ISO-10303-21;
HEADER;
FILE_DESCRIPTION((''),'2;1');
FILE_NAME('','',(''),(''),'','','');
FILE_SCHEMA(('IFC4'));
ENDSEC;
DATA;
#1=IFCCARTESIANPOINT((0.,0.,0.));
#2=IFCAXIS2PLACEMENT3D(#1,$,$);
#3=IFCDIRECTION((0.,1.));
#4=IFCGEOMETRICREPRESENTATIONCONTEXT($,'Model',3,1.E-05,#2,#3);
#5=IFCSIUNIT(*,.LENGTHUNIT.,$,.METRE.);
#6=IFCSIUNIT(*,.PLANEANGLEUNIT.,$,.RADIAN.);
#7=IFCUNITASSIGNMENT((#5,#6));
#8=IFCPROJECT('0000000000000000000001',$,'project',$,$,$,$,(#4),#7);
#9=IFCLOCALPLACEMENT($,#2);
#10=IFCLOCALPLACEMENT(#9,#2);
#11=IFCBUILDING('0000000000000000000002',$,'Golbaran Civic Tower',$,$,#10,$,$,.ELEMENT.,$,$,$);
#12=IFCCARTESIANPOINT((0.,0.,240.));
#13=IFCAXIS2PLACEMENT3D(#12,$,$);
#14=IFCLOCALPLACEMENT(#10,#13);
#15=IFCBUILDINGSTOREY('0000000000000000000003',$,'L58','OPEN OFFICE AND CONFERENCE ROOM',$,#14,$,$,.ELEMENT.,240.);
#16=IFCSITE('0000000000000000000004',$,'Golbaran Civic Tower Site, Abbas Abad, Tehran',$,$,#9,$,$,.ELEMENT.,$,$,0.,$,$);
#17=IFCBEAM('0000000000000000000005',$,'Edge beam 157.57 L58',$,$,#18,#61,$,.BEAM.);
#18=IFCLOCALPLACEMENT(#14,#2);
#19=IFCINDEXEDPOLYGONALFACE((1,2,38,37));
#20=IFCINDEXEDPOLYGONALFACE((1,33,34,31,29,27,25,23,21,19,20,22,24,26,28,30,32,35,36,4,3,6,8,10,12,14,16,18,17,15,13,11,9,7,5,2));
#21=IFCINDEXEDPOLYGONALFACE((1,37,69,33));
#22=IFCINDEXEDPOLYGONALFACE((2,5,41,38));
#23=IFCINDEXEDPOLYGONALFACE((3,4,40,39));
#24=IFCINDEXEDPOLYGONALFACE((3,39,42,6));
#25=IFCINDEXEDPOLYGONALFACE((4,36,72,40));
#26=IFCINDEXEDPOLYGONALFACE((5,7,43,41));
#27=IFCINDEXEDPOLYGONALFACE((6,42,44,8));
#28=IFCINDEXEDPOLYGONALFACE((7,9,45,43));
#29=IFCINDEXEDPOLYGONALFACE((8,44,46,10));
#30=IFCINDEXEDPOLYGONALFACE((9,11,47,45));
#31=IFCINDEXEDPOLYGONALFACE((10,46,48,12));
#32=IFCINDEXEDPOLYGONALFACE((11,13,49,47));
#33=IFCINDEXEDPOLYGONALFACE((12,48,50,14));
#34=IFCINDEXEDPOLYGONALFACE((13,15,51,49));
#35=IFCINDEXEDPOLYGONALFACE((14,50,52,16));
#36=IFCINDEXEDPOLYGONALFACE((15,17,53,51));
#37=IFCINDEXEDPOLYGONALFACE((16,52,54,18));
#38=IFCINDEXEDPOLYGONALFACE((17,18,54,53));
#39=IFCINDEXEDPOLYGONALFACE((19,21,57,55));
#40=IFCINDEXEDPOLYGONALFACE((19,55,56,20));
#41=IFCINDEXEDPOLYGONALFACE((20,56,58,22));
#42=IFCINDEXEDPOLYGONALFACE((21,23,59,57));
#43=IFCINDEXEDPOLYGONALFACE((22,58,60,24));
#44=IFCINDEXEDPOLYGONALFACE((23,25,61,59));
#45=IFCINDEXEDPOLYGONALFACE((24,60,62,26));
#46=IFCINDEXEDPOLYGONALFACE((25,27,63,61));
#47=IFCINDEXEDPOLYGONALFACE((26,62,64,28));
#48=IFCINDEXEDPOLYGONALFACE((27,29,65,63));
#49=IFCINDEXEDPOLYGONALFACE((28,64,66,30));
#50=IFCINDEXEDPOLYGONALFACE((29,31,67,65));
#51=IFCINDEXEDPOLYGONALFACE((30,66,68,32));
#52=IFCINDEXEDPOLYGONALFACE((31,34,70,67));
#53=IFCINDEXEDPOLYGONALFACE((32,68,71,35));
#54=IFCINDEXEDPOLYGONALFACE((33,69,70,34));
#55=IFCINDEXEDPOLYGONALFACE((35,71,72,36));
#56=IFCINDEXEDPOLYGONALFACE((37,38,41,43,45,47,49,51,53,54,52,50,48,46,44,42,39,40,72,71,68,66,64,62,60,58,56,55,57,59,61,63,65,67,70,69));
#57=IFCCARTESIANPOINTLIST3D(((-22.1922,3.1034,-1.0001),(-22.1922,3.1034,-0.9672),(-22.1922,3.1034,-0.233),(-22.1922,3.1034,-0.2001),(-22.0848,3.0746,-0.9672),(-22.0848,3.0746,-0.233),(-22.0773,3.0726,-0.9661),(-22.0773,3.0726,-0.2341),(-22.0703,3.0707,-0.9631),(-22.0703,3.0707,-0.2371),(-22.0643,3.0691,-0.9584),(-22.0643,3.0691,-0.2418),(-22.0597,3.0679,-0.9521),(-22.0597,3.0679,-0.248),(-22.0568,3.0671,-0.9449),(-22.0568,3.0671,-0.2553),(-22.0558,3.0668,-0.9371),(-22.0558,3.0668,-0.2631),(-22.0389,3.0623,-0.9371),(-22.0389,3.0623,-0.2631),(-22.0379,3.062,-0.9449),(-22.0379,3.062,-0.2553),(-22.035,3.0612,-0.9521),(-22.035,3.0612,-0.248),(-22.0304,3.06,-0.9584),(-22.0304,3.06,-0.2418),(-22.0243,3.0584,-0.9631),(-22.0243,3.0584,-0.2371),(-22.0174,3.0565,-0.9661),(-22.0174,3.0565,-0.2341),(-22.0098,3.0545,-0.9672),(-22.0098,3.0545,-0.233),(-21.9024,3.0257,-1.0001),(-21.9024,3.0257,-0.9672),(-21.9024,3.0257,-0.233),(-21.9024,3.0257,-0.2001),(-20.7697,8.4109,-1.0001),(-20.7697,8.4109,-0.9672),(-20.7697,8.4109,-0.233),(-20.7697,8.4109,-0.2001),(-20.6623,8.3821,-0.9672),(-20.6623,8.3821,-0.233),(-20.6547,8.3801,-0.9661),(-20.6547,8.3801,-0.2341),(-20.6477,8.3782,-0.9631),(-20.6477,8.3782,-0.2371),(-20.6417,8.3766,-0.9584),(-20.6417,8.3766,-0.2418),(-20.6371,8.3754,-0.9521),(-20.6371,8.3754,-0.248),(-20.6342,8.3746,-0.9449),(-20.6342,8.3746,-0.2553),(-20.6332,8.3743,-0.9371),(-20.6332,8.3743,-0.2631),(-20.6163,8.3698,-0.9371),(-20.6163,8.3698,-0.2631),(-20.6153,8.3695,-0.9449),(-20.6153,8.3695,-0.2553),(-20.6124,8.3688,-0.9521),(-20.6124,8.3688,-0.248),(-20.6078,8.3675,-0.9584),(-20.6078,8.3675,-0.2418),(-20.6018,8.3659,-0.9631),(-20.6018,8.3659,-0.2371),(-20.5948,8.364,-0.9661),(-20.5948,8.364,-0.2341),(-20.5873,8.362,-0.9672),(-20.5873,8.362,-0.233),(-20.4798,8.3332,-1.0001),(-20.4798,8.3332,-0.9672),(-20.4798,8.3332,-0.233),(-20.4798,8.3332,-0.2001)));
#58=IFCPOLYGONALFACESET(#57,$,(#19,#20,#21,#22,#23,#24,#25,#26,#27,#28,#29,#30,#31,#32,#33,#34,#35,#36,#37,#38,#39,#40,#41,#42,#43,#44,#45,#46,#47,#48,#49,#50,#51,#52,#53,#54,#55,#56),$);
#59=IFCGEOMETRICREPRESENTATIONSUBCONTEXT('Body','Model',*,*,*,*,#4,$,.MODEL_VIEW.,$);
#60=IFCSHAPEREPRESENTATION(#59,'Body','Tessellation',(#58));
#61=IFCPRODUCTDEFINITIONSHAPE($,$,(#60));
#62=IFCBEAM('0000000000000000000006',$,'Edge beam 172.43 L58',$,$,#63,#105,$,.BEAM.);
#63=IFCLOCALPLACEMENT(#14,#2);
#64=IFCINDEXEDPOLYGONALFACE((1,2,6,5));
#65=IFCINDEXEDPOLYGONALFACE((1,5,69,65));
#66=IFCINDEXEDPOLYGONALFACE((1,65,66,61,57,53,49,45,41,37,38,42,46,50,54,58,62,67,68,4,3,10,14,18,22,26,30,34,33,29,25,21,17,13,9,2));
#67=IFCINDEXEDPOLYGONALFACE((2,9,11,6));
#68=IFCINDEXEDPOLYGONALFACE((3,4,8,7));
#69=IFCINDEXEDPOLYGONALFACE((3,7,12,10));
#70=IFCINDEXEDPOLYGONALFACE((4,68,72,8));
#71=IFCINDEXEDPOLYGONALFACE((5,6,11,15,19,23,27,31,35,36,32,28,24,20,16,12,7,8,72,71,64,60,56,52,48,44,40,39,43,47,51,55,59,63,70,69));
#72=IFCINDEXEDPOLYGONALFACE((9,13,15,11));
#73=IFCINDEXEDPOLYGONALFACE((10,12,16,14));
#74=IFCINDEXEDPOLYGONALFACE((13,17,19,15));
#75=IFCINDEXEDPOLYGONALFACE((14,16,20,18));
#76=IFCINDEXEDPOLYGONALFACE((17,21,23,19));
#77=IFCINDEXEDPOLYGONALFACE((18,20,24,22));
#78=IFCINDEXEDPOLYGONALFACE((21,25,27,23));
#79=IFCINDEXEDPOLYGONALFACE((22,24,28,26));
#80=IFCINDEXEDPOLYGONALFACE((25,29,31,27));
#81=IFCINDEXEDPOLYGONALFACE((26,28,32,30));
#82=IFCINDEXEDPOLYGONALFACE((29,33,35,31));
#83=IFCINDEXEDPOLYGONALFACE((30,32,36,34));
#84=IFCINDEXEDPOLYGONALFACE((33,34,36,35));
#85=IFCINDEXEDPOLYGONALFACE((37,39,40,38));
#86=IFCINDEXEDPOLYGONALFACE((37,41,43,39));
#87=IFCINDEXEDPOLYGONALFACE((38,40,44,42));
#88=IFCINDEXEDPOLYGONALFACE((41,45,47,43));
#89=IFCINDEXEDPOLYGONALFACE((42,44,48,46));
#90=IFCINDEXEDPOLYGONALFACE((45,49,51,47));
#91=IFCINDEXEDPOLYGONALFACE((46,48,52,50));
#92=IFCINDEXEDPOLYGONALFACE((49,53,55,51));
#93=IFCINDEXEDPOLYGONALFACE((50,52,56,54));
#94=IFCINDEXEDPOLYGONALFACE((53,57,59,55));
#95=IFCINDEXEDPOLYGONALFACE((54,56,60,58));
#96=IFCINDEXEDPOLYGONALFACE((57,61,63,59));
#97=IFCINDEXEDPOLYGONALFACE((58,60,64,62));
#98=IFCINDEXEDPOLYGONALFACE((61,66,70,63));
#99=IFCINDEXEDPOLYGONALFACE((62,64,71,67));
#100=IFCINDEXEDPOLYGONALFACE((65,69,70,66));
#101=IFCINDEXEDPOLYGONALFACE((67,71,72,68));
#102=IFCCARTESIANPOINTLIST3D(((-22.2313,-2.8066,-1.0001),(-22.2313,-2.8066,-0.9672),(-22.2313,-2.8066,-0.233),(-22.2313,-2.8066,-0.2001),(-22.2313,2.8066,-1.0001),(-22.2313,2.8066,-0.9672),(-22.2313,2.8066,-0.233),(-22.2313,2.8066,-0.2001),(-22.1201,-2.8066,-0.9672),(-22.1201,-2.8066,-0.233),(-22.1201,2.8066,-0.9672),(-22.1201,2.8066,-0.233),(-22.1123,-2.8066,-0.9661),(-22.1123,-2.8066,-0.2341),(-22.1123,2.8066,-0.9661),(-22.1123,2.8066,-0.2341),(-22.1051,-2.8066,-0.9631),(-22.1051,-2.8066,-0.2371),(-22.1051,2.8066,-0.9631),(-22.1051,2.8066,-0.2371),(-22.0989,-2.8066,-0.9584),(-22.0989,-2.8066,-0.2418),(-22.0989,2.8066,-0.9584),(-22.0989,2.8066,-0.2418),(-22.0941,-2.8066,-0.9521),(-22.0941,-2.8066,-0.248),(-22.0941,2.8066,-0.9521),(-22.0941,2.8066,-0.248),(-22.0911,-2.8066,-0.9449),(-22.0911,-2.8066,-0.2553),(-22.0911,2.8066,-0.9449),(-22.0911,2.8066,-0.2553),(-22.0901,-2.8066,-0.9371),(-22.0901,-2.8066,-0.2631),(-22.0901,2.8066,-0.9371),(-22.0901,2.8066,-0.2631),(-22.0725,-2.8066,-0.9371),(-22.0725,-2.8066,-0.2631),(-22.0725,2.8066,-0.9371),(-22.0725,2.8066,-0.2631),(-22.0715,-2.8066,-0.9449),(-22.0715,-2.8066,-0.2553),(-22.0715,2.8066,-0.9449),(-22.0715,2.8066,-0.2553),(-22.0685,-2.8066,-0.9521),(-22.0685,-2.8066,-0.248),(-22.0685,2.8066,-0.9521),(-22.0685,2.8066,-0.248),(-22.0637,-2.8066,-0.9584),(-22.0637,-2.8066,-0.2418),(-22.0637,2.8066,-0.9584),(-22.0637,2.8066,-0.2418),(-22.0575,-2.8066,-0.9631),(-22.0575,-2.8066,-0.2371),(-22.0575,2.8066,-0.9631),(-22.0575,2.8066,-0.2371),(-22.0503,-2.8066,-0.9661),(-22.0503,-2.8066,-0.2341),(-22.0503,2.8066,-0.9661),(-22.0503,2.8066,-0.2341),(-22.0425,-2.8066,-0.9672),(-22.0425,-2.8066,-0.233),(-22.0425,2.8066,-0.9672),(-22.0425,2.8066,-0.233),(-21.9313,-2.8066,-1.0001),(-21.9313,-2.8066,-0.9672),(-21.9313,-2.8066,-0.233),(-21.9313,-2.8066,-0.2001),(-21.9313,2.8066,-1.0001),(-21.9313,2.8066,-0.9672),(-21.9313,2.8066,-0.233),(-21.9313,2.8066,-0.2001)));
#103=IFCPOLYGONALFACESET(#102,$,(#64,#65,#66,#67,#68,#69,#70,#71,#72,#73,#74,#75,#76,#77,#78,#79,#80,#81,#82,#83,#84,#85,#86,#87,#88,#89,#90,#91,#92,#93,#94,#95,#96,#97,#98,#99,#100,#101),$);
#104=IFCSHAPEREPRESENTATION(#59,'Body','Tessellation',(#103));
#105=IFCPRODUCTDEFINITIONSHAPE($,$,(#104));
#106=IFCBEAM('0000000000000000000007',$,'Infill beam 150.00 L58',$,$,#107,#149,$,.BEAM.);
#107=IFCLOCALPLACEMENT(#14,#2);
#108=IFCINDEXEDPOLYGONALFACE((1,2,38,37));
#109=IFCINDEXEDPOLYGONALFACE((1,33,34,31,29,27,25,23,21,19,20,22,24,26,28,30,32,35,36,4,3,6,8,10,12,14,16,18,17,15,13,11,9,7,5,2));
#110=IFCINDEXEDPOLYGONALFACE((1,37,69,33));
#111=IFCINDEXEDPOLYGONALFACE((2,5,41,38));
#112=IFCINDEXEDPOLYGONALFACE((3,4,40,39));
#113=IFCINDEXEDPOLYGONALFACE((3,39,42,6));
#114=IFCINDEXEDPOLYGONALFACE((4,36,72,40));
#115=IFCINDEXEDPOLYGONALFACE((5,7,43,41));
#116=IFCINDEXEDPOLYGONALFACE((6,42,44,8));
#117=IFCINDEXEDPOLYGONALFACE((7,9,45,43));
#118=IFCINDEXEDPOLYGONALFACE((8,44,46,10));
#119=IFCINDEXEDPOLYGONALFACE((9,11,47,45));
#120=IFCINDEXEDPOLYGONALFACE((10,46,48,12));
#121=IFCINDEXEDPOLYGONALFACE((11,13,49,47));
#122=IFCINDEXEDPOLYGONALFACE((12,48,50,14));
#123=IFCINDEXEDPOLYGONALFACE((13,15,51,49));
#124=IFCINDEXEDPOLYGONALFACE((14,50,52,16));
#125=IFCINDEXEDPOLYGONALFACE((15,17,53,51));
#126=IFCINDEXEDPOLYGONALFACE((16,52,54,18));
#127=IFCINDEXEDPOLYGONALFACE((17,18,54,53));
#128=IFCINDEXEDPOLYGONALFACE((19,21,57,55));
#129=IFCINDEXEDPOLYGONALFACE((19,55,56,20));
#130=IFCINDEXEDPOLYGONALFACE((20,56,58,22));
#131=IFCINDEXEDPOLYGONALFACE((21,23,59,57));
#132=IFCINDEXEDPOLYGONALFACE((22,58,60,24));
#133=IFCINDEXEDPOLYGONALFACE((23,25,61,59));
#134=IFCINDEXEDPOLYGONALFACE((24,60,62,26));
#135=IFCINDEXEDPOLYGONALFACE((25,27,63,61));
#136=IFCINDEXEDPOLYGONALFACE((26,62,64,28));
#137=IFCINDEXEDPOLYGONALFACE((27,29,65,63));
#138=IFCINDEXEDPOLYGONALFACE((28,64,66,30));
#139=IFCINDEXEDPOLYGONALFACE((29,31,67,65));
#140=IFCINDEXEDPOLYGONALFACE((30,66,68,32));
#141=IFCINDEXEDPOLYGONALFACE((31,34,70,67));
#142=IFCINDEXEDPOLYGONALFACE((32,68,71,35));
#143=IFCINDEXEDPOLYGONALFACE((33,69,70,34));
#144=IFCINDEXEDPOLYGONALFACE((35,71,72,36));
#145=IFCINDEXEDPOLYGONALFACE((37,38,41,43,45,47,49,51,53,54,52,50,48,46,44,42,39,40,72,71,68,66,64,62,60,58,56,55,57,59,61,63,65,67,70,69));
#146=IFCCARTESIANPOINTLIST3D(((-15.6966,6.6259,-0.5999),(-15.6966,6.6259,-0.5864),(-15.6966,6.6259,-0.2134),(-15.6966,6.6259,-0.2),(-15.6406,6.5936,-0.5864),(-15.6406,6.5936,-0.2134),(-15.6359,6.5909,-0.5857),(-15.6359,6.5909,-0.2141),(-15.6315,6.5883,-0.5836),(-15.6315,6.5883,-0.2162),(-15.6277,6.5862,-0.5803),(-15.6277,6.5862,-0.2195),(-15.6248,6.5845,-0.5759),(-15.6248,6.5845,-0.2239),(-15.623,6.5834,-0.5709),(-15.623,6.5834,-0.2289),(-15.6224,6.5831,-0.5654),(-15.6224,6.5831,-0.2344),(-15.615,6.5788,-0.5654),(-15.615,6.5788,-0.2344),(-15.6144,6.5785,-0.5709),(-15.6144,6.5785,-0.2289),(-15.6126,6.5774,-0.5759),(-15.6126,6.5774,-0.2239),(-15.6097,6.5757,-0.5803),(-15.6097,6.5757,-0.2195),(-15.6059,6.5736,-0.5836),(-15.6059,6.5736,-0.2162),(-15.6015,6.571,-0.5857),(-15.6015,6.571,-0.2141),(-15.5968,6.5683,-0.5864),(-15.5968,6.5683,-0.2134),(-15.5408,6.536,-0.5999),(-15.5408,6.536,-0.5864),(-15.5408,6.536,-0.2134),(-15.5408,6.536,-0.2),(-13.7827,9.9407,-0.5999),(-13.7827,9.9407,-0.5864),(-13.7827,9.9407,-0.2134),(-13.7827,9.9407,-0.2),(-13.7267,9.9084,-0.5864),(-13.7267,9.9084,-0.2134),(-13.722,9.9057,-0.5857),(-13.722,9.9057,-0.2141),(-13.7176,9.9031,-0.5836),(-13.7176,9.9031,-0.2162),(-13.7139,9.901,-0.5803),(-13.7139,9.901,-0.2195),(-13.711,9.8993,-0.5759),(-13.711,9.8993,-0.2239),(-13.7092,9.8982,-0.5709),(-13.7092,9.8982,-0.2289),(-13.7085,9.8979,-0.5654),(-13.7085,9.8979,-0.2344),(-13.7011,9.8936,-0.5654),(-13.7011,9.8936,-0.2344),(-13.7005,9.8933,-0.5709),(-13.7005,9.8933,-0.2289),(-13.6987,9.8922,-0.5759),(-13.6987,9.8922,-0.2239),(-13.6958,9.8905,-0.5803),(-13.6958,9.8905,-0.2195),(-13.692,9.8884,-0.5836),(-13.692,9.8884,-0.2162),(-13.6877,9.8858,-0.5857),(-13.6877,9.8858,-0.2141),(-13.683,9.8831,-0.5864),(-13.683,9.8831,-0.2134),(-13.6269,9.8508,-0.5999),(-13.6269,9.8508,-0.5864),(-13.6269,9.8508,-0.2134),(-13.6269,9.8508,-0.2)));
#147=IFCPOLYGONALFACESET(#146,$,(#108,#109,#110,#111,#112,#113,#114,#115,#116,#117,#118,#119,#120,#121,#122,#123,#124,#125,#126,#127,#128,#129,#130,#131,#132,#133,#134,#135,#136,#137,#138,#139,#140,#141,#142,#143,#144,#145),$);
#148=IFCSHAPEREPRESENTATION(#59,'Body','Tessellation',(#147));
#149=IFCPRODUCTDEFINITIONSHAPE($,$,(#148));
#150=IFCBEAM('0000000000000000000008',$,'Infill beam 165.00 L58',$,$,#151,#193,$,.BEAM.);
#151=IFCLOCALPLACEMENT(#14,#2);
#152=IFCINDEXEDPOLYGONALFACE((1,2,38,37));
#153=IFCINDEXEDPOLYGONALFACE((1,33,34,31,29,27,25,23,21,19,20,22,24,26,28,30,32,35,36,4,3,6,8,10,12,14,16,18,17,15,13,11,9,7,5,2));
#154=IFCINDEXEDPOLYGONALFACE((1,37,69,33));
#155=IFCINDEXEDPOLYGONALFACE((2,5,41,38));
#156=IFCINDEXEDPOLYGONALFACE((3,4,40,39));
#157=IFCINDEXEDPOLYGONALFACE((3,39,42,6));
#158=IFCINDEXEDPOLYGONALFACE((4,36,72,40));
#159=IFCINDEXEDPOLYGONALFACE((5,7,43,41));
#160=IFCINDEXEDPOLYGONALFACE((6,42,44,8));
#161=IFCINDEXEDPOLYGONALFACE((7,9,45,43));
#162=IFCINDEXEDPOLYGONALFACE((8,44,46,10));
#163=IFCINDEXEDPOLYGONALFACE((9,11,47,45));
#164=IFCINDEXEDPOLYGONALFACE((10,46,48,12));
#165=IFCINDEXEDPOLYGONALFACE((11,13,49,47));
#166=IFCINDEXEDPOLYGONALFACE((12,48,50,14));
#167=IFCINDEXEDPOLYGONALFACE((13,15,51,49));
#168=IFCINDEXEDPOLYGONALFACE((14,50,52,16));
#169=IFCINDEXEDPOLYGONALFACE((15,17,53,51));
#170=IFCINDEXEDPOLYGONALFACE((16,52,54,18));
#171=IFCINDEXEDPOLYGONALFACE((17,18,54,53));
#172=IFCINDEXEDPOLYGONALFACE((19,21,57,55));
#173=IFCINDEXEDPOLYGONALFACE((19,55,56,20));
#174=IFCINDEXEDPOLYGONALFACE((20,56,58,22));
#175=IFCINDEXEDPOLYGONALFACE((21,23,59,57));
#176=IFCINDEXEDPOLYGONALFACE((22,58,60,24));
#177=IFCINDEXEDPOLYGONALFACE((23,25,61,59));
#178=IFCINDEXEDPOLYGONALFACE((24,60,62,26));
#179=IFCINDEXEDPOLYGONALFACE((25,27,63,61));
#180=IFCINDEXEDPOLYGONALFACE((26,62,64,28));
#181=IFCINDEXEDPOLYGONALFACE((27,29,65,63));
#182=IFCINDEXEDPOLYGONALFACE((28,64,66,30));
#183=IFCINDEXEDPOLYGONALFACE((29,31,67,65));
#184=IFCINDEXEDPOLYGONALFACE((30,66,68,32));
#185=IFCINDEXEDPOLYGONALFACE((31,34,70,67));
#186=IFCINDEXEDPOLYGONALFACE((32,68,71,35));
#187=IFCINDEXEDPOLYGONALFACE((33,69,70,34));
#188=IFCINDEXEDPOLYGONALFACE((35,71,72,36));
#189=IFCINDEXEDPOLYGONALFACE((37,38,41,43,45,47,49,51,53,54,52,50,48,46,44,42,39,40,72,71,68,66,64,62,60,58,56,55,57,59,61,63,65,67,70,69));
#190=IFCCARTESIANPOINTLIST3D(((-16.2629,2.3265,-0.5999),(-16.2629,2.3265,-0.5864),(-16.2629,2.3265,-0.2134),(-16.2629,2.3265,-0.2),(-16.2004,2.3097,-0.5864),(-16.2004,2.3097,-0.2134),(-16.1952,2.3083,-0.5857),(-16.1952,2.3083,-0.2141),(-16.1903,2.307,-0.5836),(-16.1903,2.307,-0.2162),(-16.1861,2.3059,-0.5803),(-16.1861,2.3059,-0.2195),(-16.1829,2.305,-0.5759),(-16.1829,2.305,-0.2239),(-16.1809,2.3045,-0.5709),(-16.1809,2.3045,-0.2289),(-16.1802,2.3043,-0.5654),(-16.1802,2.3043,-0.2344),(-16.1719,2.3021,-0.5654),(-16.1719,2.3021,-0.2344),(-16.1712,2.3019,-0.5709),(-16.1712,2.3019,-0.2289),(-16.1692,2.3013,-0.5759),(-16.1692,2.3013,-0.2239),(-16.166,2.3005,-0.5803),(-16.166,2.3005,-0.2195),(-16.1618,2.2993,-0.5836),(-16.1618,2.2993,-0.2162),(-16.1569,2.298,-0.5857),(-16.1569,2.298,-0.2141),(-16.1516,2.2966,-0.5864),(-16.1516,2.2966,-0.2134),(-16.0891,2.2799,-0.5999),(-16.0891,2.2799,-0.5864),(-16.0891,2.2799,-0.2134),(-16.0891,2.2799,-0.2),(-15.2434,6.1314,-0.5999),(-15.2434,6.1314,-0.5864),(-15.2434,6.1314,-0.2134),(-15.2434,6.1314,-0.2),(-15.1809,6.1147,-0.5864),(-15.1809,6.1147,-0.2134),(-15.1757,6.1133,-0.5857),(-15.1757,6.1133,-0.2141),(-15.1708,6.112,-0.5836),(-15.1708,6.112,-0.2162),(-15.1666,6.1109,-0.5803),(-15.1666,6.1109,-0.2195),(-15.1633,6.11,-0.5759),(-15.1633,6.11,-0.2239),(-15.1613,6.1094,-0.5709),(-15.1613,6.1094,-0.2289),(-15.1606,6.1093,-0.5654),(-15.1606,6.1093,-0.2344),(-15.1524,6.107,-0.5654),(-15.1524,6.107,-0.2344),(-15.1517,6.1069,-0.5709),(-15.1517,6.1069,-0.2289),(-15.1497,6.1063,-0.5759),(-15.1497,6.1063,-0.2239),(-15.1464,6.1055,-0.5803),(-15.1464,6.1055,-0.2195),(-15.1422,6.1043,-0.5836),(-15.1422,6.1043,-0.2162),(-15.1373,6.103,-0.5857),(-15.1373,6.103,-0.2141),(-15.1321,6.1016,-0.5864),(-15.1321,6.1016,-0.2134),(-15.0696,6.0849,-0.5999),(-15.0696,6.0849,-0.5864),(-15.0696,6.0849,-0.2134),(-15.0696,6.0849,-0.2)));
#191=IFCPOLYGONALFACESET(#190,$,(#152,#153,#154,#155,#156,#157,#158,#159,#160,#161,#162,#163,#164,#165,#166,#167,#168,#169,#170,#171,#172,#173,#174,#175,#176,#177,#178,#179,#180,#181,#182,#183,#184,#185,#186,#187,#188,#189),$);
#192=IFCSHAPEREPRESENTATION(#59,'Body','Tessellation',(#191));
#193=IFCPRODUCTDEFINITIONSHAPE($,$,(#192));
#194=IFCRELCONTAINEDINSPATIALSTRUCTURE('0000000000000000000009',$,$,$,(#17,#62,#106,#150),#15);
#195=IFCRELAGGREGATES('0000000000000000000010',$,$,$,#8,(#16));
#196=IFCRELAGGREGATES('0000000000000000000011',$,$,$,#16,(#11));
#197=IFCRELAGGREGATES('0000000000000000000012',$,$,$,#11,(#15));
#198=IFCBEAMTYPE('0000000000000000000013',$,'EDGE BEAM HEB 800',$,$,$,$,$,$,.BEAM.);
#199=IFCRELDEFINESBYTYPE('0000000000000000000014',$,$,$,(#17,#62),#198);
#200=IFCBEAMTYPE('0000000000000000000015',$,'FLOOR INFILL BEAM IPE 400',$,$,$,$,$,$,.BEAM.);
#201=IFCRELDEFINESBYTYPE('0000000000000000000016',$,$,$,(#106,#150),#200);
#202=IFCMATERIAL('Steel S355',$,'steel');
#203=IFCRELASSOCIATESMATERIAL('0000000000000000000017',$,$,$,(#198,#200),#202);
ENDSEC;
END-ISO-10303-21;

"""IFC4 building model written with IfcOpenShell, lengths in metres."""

from ifc_helpers import new_model, si_unit, direction, frame, origin, origin_2d, place, context, subcontext, project, spatial, i_section, extrude, material, material_profile, profile_set, type_object, element, save


model = new_model("IFC4")

# Units and contexts
model_context = context("Model", 3, precision=1e-05, world=origin(), true_north=direction((0.0, 1.0)))
body_context = subcontext(model_context, "Body", "Model", "MODEL_VIEW")
ifc_project = project(units=[si_unit("LENGTHUNIT", "METRE"), si_unit("PLANEANGLEUNIT", "RADIAN")], contexts=[model_context])

# Site, building, storey
site_placement = place(None, origin())
site = spatial("IfcSite", under=ifc_project, at=site_placement, Name="Golbaran Civic Tower Site, Abbas Abad, Tehran", CompositionType="ELEMENT", RefElevation=0.0)
building_placement = place(site_placement, origin())
building = spatial("IfcBuilding", under=site, at=building_placement, Name="Golbaran Civic Tower", CompositionType="ELEMENT")
storey_placement = place(building_placement, frame((0.0, 0.0, 240.0)))
storey = spatial("IfcBuildingStorey", under=building, at=storey_placement, Name="L58", Description="OPEN OFFICE AND CONFERENCE ROOM", CompositionType="ELEMENT", Elevation=240.0)

# Beams
ifc_material_1 = material(Name="Steel S355", Category="steel")
ifc_material_profile_1 = material_profile(ifc_material_1, i_section(OverallWidth=0.3, OverallDepth=0.8, WebThickness=0.0176, FlangeThickness=0.033, FilletRadius=0.03, at=origin_2d()), Name="HEB 800")
ifc_profile_set_1 = profile_set([ifc_material_profile_1], Name="Steel S355")
beam_type_1 = type_object("IfcBeamType", Name="EDGE BEAM HEB 800", PredefinedType="BEAM", material=ifc_profile_set_1)
beam_1_placement = place(storey_placement, frame((-20.6248, 8.3721, -0.6001), z_axis=(-0.258893, -0.965906, 0.0), x_axis=(0.965906, -0.258893, 0.0)))
element("IfcBeam", 1, at=beam_1_placement, inside=storey, type_object=beam_type_1, Name="Edge beam 157.57 L58", PredefinedType="BEAM", context=body_context, shape_type="SweptSolid", body=[
    extrude(i_section(OverallWidth=0.3, OverallDepth=0.8, WebThickness=0.0176, FlangeThickness=0.033, FilletRadius=0.03, at=origin_2d()), origin(), (0.0, 0.0, 1.0), 5.4949),
])
beam_2_placement = place(storey_placement, frame((-22.0813, 2.8066, -0.6001), z_axis=(0.0, -1.0, 0.0), x_axis=(1.0, 0.0, 0.0)))
element("IfcBeam", 2, at=beam_2_placement, inside=storey, type_object=beam_type_1, Name="Edge beam 172.43 L58", PredefinedType="BEAM", context=body_context, shape_type="SweptSolid", body=[
    extrude(i_section(OverallWidth=0.3, OverallDepth=0.8, WebThickness=0.0176, FlangeThickness=0.033, FilletRadius=0.03, at=origin_2d()), origin(), (0.0, 0.0, 1.0), 5.6133),
])
ifc_material_profile_2 = material_profile(ifc_material_1, i_section(OverallWidth=0.1799, OverallDepth=0.3999, WebThickness=0.0085, FlangeThickness=0.0134, FilletRadius=0.021, at=origin_2d()), Name="IPE 400")
ifc_profile_set_2 = profile_set([ifc_material_profile_2], Name="Steel S355")
beam_type_2 = type_object("IfcBeamType", Name="FLOOR INFILL BEAM IPE 400", PredefinedType="BEAM", material=ifc_profile_set_2)
beam_3_placement = place(storey_placement, frame((-13.7048, 9.8958, -0.3999), z_axis=(-0.500015, -0.866017, 0.0), x_axis=(0.866017, -0.500015, 0.0)))
element("IfcBeam", 3, at=beam_3_placement, inside=storey, type_object=beam_type_2, Name="Infill beam 150.00 L58", PredefinedType="BEAM", context=body_context, shape_type="SweptSolid", body=[
    extrude(i_section(OverallWidth=0.1799, OverallDepth=0.3999, WebThickness=0.0085, FlangeThickness=0.0134, FilletRadius=0.021, at=origin_2d()), origin(), (0.0, 0.0, 1.0), 3.8276),
])
beam_4_placement = place(storey_placement, frame((-15.1565, 6.1082, -0.3999), z_axis=(-0.25882, -0.965926, 0.0), x_axis=(0.965926, -0.25882, 0.0)))
element("IfcBeam", 4, at=beam_4_placement, inside=storey, type_object=beam_type_2, Name="Infill beam 165.00 L58", PredefinedType="BEAM", context=body_context, shape_type="SweptSolid", body=[
    extrude(i_section(OverallWidth=0.1799, OverallDepth=0.3999, WebThickness=0.0085, FlangeThickness=0.0134, FilletRadius=0.021, at=origin_2d()), origin(), (0.0, 0.0, 1.0), 3.9392),
])

save(model, "model.ifc")
